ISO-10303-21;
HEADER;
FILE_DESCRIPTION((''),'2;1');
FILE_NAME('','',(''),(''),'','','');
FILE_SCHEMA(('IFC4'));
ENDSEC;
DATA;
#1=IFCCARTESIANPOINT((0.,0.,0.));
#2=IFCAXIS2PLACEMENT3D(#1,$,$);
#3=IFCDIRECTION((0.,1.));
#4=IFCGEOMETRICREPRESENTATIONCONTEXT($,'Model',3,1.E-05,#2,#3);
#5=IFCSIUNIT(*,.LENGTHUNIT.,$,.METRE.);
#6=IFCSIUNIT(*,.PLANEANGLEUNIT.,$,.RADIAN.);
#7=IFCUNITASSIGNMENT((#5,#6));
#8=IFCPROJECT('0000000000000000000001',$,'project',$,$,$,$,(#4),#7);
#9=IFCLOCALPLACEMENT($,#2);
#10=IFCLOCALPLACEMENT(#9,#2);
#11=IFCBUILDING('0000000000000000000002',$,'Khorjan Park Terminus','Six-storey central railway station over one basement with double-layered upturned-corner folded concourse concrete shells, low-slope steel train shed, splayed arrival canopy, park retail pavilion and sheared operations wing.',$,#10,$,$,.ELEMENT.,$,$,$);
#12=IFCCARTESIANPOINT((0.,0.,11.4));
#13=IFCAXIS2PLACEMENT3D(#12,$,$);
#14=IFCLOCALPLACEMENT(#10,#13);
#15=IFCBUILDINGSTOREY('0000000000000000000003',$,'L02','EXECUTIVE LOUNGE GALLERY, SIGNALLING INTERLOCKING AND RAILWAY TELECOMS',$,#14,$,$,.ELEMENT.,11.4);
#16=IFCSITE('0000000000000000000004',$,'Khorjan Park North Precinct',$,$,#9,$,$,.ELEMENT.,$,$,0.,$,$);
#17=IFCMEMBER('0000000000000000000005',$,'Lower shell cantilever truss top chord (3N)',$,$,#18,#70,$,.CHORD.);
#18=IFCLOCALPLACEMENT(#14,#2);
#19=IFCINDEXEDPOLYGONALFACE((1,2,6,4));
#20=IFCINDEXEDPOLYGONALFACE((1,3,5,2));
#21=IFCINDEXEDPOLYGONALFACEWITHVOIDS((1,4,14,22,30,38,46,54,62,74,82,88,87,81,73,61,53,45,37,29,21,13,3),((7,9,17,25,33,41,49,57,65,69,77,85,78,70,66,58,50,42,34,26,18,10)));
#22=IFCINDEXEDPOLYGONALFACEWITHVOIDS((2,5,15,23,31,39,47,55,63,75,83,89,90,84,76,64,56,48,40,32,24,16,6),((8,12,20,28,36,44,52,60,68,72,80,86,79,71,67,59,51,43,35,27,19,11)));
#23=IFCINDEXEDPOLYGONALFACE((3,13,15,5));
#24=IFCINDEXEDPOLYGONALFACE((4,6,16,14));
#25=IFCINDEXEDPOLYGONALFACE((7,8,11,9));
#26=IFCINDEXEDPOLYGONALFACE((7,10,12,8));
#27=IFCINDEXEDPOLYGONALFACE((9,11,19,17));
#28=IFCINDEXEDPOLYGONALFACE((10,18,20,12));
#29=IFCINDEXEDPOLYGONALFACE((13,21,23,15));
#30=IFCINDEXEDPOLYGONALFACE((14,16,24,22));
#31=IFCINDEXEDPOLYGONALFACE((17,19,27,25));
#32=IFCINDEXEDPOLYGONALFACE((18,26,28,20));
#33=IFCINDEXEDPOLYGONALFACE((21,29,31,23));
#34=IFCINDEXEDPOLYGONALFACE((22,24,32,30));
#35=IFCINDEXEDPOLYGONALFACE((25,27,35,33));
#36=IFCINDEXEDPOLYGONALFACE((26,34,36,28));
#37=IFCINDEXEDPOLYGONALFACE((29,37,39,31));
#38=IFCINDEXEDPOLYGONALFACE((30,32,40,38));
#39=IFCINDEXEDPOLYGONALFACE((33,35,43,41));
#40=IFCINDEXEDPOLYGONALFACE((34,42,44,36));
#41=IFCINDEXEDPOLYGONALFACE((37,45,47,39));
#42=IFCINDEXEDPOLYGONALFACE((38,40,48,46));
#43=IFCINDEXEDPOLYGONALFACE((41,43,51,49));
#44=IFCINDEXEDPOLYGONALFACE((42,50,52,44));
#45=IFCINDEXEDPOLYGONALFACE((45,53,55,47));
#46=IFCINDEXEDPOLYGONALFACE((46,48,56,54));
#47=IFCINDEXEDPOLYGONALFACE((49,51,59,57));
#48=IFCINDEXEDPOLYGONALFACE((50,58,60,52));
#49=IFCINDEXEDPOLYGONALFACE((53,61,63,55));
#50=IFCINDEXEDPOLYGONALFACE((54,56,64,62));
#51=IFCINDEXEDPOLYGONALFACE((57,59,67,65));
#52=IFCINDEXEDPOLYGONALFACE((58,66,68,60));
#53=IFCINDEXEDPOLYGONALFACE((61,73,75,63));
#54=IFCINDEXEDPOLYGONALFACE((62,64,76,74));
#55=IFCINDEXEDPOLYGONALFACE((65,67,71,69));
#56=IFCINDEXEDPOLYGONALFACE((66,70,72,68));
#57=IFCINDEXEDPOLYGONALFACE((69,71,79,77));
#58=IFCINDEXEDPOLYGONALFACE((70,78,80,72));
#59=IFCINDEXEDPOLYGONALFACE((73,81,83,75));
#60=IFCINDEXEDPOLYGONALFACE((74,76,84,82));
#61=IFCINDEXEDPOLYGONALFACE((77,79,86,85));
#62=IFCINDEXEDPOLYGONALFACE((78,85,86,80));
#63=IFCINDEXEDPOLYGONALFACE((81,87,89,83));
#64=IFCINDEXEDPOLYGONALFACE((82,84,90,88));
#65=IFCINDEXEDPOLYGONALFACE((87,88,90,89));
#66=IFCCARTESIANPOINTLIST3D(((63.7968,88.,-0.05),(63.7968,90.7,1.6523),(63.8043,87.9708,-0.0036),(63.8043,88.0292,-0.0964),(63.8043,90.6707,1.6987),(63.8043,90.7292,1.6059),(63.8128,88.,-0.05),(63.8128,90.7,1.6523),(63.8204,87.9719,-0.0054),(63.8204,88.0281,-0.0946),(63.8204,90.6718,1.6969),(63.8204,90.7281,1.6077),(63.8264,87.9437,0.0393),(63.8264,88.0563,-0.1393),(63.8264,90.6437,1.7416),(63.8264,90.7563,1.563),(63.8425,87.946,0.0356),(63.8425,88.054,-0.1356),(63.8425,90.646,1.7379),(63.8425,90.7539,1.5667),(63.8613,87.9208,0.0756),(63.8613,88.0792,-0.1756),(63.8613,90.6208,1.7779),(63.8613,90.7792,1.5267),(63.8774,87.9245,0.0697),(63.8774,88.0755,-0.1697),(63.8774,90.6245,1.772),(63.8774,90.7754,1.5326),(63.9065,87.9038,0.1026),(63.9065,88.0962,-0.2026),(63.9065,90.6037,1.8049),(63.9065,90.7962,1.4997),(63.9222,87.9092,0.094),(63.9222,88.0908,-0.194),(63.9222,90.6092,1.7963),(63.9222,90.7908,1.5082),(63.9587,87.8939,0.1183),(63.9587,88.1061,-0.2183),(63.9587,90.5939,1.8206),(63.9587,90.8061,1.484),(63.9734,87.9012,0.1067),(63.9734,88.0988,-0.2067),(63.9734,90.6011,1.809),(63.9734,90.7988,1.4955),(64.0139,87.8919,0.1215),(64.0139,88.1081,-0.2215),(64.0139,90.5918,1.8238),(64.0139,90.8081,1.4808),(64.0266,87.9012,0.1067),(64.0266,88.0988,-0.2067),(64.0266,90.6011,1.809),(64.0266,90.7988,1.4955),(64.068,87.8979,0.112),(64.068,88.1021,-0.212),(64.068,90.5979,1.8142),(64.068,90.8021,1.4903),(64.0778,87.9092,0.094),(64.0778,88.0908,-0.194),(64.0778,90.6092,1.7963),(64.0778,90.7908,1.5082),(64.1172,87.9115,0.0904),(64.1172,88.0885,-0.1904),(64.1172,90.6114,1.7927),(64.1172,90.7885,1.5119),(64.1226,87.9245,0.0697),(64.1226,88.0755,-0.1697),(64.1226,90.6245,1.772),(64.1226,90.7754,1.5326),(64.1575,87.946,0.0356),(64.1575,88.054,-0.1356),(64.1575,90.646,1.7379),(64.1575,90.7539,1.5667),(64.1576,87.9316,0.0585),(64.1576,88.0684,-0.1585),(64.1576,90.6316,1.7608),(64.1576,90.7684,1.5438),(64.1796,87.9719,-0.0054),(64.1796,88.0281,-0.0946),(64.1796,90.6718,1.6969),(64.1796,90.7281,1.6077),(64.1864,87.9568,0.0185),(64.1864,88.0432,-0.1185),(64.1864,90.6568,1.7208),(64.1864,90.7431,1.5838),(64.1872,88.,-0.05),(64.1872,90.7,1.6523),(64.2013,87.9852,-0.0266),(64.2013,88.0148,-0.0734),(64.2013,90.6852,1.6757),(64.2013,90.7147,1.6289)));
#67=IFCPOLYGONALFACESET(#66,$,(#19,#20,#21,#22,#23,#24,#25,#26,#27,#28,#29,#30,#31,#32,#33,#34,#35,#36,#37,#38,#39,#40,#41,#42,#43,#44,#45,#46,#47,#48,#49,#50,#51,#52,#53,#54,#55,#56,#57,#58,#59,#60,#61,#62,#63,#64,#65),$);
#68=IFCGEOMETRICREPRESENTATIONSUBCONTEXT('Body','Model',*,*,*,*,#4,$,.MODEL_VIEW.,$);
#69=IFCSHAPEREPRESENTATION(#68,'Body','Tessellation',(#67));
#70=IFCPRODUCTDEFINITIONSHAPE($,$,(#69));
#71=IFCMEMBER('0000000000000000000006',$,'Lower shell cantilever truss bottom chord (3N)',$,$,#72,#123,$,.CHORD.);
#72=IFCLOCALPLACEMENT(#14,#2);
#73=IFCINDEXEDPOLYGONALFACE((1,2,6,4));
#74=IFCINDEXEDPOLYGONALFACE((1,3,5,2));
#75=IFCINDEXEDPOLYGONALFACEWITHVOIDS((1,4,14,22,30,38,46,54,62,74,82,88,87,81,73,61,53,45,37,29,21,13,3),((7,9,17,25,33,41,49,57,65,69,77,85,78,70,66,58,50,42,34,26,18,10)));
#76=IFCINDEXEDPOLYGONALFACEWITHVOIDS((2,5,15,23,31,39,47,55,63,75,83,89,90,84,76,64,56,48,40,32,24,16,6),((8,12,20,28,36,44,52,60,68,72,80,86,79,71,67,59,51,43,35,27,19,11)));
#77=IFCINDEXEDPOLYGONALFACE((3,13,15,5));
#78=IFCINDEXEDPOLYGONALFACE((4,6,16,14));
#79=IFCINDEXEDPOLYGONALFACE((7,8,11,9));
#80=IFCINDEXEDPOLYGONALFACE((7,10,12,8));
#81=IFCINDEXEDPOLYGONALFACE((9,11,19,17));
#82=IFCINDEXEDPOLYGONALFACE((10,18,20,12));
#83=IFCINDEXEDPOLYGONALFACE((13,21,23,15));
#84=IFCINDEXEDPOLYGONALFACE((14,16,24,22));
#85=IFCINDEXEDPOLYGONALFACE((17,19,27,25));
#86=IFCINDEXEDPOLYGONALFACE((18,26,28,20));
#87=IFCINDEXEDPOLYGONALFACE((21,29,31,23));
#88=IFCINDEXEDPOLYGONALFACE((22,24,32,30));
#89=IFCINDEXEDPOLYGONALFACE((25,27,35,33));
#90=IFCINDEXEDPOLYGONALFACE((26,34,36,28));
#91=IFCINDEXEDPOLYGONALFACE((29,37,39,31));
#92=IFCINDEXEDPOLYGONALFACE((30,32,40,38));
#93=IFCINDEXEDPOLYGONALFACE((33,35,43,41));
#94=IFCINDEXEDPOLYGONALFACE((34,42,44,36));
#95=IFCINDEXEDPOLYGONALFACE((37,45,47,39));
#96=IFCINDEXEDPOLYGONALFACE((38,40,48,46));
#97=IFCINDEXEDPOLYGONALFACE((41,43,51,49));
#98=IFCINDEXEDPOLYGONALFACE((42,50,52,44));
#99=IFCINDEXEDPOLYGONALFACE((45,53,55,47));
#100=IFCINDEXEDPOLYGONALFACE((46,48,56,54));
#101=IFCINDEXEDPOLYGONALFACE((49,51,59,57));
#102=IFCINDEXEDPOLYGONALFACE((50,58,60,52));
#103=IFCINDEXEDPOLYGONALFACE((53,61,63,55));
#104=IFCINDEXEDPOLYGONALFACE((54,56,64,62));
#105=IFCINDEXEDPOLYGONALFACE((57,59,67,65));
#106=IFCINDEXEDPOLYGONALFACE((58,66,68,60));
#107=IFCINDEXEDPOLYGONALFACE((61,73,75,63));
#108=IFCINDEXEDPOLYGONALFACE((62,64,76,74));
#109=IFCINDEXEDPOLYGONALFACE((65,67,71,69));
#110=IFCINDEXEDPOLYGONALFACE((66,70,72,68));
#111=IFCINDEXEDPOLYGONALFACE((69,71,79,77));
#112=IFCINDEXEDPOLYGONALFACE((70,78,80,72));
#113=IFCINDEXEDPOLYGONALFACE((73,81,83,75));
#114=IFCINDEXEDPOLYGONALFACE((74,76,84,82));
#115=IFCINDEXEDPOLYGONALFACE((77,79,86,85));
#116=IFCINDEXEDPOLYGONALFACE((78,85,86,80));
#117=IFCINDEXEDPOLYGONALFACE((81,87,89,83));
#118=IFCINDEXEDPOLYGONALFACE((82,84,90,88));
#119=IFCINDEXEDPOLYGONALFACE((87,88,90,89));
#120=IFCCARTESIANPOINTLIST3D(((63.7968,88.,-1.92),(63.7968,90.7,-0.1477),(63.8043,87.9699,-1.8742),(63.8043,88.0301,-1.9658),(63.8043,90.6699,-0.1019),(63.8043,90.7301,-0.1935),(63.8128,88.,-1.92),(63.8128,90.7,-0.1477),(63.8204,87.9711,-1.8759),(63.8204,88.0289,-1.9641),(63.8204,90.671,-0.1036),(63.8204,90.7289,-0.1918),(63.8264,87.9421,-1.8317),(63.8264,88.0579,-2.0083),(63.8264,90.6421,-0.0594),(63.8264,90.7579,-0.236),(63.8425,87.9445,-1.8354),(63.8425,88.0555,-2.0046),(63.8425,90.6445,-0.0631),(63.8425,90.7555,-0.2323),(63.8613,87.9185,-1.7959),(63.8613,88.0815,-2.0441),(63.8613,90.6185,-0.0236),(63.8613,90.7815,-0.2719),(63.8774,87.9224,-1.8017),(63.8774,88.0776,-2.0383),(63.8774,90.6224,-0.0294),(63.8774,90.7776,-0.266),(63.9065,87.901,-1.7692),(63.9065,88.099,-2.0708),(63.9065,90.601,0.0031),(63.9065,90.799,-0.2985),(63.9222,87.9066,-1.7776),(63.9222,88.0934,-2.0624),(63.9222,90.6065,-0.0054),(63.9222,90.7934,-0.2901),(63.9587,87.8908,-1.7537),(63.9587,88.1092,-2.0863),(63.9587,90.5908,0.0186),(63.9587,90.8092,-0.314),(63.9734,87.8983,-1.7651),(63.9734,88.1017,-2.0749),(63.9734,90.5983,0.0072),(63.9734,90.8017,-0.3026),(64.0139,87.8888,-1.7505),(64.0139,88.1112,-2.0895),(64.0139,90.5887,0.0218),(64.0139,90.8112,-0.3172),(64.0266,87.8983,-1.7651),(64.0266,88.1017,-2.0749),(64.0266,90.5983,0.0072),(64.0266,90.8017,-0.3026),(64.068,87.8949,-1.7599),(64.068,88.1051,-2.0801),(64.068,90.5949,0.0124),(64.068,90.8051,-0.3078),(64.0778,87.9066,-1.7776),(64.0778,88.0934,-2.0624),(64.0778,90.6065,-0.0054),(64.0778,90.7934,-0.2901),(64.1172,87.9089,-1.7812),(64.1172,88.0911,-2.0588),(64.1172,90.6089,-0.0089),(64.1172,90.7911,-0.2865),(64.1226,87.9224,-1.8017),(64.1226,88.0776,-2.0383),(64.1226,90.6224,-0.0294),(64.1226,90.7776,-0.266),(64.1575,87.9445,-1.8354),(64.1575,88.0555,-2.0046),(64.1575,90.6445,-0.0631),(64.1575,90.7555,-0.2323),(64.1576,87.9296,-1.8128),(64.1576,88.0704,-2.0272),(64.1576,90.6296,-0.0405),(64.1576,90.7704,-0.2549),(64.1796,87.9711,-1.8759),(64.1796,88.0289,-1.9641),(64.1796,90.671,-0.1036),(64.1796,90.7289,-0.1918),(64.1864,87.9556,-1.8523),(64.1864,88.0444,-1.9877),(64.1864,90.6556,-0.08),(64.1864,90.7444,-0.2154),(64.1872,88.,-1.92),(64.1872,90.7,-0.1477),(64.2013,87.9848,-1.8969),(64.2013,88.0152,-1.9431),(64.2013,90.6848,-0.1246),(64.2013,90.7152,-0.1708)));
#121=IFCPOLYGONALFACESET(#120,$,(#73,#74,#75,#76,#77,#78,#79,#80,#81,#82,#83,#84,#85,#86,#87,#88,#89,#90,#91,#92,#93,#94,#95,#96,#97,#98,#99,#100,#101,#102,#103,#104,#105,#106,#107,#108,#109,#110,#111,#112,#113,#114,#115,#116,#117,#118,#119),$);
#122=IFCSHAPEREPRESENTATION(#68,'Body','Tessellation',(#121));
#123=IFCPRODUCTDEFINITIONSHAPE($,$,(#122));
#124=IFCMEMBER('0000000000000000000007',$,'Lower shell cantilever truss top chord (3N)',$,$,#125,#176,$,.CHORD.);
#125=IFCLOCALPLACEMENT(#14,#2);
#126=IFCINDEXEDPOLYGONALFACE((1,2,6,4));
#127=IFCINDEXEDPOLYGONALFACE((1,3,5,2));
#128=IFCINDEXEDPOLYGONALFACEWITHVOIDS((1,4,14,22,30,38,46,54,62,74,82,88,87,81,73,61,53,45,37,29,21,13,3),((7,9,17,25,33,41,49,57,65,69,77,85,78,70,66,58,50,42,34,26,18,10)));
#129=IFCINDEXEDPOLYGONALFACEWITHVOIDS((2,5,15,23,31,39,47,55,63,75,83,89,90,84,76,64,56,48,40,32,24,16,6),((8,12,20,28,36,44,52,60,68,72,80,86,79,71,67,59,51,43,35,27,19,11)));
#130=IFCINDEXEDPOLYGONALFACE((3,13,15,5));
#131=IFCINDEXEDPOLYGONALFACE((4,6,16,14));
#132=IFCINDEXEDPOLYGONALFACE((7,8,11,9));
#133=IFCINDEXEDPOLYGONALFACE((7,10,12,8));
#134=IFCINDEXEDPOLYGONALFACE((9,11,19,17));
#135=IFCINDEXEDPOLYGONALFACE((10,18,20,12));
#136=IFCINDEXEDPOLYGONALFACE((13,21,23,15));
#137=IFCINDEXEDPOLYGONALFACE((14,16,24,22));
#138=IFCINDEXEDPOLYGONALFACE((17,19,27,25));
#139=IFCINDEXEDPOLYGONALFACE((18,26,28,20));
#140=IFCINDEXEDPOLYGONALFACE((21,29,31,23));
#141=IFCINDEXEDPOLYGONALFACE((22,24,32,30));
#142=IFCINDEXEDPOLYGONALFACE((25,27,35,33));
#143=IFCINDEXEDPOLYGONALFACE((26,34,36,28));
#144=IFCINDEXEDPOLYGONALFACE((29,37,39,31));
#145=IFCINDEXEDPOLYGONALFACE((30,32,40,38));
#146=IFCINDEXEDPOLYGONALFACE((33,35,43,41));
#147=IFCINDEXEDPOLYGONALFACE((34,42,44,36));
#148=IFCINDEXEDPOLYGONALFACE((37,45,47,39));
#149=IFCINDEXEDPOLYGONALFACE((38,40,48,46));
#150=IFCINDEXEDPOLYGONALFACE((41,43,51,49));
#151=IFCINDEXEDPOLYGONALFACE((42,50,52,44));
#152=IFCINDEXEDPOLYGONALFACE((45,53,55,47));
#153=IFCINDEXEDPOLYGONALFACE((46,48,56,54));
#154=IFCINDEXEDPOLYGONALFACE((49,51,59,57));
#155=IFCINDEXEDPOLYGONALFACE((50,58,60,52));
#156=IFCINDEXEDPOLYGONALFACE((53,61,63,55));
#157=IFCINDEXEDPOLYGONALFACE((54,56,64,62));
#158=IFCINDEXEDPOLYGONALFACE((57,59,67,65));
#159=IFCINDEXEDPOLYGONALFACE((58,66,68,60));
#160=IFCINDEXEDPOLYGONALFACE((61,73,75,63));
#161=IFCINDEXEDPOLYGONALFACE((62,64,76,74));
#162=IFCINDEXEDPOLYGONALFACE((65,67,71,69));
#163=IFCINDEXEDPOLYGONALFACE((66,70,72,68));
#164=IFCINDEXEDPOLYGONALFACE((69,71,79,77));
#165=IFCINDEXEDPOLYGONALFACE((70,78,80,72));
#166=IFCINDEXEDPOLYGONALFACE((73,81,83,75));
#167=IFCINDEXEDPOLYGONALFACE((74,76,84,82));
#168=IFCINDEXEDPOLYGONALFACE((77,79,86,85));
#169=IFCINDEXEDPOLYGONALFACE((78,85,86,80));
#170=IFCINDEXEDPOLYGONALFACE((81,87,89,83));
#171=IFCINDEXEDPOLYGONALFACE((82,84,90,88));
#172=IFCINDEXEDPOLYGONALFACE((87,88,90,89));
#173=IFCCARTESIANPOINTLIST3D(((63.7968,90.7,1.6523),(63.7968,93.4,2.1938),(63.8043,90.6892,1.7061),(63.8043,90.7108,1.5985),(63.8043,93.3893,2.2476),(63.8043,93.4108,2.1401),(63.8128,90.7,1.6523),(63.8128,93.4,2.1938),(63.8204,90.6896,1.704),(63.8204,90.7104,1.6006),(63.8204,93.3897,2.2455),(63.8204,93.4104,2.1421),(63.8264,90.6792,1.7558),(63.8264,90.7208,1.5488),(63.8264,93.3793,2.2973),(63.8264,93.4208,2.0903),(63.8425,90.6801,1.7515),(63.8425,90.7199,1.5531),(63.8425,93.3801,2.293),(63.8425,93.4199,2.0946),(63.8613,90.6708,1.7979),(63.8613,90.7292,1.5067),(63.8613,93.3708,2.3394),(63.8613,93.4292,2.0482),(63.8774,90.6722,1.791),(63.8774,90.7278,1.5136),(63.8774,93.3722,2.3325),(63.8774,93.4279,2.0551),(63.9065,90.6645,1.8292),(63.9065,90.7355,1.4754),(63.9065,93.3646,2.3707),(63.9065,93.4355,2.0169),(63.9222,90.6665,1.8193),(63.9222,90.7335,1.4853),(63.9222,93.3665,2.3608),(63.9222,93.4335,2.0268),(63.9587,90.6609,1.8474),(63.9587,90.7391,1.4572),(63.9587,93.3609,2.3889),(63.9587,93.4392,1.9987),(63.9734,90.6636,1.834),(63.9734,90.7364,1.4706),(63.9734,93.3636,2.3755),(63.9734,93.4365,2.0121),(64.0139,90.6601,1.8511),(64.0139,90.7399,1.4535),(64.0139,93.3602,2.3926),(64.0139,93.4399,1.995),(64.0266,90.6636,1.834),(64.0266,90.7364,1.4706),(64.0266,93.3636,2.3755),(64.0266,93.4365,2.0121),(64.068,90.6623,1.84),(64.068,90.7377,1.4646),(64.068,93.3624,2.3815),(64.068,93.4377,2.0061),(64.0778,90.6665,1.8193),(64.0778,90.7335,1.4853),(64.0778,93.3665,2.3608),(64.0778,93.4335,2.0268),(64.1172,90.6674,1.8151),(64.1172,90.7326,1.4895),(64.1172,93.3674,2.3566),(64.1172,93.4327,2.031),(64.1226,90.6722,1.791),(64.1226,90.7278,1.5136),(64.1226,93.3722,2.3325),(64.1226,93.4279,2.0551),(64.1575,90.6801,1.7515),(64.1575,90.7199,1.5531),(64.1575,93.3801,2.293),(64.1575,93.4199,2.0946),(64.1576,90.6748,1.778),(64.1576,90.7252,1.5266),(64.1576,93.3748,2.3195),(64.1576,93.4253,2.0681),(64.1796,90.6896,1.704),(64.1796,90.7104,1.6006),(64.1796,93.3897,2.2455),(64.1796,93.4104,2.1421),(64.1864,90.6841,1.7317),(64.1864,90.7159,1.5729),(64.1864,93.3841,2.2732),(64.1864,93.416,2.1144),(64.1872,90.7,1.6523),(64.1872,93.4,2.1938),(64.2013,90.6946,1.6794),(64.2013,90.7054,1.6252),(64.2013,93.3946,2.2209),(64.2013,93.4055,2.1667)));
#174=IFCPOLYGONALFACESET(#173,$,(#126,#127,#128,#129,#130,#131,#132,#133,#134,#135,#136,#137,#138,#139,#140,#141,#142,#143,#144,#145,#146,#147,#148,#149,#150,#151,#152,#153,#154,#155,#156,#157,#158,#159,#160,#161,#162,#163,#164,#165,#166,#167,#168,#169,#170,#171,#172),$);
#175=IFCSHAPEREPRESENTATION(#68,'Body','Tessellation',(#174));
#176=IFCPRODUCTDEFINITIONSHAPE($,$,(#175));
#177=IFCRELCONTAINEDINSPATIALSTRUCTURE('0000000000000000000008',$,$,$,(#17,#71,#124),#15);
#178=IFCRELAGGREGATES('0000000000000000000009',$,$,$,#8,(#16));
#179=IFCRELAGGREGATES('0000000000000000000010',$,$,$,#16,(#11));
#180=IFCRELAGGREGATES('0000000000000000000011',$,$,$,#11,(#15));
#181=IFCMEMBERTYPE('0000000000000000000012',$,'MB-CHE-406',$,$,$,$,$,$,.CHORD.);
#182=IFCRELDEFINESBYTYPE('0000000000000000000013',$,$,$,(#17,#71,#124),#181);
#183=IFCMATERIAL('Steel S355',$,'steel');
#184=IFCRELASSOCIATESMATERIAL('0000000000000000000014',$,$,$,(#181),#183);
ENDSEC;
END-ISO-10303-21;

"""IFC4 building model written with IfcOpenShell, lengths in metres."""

from ifc_helpers import new_model, si_unit, direction, frame, origin, origin_2d, place, context, subcontext, project, spatial, hollow_circle, extrude, material, material_profile, profile_set, type_object, element, save


model = new_model("IFC4")

# Units and contexts
model_context = context("Model", 3, precision=1e-05, world=origin(), true_north=direction((0.0, 1.0)))
body_context = subcontext(model_context, "Body", "Model", "MODEL_VIEW")
ifc_project = project(units=[si_unit("LENGTHUNIT", "METRE"), si_unit("PLANEANGLEUNIT", "RADIAN")], contexts=[model_context])

# Site, building, storey
site_placement = place(None, origin())
site = spatial("IfcSite", under=ifc_project, at=site_placement, Name="Khorjan Park North Precinct", CompositionType="ELEMENT", RefElevation=0.0)
building_placement = place(site_placement, origin())
building = spatial("IfcBuilding", under=site, at=building_placement, Name="Khorjan Park Terminus", Description="Six-storey central railway station over one basement with double-layered upturned-corner folded concourse concrete shells, low-slope steel train shed, splayed arrival canopy, park retail pavilion and sheared operations wing.", CompositionType="ELEMENT")
storey_placement = place(building_placement, frame((0.0, 0.0, 11.4)))
storey = spatial("IfcBuildingStorey", under=building, at=storey_placement, Name="L02", Description="EXECUTIVE LOUNGE GALLERY, SIGNALLING INTERLOCKING AND RAILWAY TELECOMS", CompositionType="ELEMENT", Elevation=11.4)

# Members
ifc_material_1 = material(Name="Steel S355", Category="steel")
ifc_material_profile_1 = material_profile(ifc_material_1, hollow_circle(Radius=0.2032, WallThickness=0.016, at=origin_2d()), Name="CHS 406.4x16")
ifc_profile_set_1 = profile_set([ifc_material_profile_1], Name="Steel S355")
member_type_1 = type_object("IfcMemberType", Name="MB-CHE-406", PredefinedType="CHORD", material=ifc_profile_set_1)
member_1_placement = place(storey_placement, frame((64.0, 88.0, -0.05), z_axis=(0.0, 0.845908, 0.533329), x_axis=(-1.0, 0.0, 0.0)))
element("IfcMember", 1, at=member_1_placement, inside=storey, type_object=member_type_1, Name="Lower shell cantilever truss top chord (3N)", PredefinedType="CHORD", context=body_context, shape_type="SweptSolid", body=[
    extrude(hollow_circle(Radius=0.2032, WallThickness=0.016, at=origin_2d()), origin(), (0.0, 0.0, 1.0), 3.1918),
])
member_2_placement = place(storey_placement, frame((64.0, 88.0, -1.92), z_axis=(0.0, 0.835988, 0.548748), x_axis=(-1.0, 0.0, 0.0)))
element("IfcMember", 2, at=member_2_placement, inside=storey, type_object=member_type_1, Name="Lower shell cantilever truss bottom chord (3N)", PredefinedType="CHORD", context=body_context, shape_type="SweptSolid", body=[
    extrude(hollow_circle(Radius=0.2032, WallThickness=0.016, at=origin_2d()), origin(), (0.0, 0.0, 1.0), 3.2297),
])
for number, where, z_axis, x_axis, name in (
    (3, (64.0, 90.7, 1.6523), (0.0, 0.980476, 0.19664), (-1.0, 0.0, 0.0), "Lower shell cantilever truss top chord (3N)"),
):
    element("IfcMember", number, at=place(storey_placement, frame(where, z_axis=z_axis, x_axis=x_axis)), inside=storey, type_object=member_type_1, Name=name, PredefinedType="CHORD", context=body_context, shape_type="SweptSolid", body=[
        extrude(hollow_circle(Radius=0.2032, WallThickness=0.016, at=origin_2d()), origin(), (0.0, 0.0, 1.0), 2.7538),
    ])

save(model, "model.ifc")
